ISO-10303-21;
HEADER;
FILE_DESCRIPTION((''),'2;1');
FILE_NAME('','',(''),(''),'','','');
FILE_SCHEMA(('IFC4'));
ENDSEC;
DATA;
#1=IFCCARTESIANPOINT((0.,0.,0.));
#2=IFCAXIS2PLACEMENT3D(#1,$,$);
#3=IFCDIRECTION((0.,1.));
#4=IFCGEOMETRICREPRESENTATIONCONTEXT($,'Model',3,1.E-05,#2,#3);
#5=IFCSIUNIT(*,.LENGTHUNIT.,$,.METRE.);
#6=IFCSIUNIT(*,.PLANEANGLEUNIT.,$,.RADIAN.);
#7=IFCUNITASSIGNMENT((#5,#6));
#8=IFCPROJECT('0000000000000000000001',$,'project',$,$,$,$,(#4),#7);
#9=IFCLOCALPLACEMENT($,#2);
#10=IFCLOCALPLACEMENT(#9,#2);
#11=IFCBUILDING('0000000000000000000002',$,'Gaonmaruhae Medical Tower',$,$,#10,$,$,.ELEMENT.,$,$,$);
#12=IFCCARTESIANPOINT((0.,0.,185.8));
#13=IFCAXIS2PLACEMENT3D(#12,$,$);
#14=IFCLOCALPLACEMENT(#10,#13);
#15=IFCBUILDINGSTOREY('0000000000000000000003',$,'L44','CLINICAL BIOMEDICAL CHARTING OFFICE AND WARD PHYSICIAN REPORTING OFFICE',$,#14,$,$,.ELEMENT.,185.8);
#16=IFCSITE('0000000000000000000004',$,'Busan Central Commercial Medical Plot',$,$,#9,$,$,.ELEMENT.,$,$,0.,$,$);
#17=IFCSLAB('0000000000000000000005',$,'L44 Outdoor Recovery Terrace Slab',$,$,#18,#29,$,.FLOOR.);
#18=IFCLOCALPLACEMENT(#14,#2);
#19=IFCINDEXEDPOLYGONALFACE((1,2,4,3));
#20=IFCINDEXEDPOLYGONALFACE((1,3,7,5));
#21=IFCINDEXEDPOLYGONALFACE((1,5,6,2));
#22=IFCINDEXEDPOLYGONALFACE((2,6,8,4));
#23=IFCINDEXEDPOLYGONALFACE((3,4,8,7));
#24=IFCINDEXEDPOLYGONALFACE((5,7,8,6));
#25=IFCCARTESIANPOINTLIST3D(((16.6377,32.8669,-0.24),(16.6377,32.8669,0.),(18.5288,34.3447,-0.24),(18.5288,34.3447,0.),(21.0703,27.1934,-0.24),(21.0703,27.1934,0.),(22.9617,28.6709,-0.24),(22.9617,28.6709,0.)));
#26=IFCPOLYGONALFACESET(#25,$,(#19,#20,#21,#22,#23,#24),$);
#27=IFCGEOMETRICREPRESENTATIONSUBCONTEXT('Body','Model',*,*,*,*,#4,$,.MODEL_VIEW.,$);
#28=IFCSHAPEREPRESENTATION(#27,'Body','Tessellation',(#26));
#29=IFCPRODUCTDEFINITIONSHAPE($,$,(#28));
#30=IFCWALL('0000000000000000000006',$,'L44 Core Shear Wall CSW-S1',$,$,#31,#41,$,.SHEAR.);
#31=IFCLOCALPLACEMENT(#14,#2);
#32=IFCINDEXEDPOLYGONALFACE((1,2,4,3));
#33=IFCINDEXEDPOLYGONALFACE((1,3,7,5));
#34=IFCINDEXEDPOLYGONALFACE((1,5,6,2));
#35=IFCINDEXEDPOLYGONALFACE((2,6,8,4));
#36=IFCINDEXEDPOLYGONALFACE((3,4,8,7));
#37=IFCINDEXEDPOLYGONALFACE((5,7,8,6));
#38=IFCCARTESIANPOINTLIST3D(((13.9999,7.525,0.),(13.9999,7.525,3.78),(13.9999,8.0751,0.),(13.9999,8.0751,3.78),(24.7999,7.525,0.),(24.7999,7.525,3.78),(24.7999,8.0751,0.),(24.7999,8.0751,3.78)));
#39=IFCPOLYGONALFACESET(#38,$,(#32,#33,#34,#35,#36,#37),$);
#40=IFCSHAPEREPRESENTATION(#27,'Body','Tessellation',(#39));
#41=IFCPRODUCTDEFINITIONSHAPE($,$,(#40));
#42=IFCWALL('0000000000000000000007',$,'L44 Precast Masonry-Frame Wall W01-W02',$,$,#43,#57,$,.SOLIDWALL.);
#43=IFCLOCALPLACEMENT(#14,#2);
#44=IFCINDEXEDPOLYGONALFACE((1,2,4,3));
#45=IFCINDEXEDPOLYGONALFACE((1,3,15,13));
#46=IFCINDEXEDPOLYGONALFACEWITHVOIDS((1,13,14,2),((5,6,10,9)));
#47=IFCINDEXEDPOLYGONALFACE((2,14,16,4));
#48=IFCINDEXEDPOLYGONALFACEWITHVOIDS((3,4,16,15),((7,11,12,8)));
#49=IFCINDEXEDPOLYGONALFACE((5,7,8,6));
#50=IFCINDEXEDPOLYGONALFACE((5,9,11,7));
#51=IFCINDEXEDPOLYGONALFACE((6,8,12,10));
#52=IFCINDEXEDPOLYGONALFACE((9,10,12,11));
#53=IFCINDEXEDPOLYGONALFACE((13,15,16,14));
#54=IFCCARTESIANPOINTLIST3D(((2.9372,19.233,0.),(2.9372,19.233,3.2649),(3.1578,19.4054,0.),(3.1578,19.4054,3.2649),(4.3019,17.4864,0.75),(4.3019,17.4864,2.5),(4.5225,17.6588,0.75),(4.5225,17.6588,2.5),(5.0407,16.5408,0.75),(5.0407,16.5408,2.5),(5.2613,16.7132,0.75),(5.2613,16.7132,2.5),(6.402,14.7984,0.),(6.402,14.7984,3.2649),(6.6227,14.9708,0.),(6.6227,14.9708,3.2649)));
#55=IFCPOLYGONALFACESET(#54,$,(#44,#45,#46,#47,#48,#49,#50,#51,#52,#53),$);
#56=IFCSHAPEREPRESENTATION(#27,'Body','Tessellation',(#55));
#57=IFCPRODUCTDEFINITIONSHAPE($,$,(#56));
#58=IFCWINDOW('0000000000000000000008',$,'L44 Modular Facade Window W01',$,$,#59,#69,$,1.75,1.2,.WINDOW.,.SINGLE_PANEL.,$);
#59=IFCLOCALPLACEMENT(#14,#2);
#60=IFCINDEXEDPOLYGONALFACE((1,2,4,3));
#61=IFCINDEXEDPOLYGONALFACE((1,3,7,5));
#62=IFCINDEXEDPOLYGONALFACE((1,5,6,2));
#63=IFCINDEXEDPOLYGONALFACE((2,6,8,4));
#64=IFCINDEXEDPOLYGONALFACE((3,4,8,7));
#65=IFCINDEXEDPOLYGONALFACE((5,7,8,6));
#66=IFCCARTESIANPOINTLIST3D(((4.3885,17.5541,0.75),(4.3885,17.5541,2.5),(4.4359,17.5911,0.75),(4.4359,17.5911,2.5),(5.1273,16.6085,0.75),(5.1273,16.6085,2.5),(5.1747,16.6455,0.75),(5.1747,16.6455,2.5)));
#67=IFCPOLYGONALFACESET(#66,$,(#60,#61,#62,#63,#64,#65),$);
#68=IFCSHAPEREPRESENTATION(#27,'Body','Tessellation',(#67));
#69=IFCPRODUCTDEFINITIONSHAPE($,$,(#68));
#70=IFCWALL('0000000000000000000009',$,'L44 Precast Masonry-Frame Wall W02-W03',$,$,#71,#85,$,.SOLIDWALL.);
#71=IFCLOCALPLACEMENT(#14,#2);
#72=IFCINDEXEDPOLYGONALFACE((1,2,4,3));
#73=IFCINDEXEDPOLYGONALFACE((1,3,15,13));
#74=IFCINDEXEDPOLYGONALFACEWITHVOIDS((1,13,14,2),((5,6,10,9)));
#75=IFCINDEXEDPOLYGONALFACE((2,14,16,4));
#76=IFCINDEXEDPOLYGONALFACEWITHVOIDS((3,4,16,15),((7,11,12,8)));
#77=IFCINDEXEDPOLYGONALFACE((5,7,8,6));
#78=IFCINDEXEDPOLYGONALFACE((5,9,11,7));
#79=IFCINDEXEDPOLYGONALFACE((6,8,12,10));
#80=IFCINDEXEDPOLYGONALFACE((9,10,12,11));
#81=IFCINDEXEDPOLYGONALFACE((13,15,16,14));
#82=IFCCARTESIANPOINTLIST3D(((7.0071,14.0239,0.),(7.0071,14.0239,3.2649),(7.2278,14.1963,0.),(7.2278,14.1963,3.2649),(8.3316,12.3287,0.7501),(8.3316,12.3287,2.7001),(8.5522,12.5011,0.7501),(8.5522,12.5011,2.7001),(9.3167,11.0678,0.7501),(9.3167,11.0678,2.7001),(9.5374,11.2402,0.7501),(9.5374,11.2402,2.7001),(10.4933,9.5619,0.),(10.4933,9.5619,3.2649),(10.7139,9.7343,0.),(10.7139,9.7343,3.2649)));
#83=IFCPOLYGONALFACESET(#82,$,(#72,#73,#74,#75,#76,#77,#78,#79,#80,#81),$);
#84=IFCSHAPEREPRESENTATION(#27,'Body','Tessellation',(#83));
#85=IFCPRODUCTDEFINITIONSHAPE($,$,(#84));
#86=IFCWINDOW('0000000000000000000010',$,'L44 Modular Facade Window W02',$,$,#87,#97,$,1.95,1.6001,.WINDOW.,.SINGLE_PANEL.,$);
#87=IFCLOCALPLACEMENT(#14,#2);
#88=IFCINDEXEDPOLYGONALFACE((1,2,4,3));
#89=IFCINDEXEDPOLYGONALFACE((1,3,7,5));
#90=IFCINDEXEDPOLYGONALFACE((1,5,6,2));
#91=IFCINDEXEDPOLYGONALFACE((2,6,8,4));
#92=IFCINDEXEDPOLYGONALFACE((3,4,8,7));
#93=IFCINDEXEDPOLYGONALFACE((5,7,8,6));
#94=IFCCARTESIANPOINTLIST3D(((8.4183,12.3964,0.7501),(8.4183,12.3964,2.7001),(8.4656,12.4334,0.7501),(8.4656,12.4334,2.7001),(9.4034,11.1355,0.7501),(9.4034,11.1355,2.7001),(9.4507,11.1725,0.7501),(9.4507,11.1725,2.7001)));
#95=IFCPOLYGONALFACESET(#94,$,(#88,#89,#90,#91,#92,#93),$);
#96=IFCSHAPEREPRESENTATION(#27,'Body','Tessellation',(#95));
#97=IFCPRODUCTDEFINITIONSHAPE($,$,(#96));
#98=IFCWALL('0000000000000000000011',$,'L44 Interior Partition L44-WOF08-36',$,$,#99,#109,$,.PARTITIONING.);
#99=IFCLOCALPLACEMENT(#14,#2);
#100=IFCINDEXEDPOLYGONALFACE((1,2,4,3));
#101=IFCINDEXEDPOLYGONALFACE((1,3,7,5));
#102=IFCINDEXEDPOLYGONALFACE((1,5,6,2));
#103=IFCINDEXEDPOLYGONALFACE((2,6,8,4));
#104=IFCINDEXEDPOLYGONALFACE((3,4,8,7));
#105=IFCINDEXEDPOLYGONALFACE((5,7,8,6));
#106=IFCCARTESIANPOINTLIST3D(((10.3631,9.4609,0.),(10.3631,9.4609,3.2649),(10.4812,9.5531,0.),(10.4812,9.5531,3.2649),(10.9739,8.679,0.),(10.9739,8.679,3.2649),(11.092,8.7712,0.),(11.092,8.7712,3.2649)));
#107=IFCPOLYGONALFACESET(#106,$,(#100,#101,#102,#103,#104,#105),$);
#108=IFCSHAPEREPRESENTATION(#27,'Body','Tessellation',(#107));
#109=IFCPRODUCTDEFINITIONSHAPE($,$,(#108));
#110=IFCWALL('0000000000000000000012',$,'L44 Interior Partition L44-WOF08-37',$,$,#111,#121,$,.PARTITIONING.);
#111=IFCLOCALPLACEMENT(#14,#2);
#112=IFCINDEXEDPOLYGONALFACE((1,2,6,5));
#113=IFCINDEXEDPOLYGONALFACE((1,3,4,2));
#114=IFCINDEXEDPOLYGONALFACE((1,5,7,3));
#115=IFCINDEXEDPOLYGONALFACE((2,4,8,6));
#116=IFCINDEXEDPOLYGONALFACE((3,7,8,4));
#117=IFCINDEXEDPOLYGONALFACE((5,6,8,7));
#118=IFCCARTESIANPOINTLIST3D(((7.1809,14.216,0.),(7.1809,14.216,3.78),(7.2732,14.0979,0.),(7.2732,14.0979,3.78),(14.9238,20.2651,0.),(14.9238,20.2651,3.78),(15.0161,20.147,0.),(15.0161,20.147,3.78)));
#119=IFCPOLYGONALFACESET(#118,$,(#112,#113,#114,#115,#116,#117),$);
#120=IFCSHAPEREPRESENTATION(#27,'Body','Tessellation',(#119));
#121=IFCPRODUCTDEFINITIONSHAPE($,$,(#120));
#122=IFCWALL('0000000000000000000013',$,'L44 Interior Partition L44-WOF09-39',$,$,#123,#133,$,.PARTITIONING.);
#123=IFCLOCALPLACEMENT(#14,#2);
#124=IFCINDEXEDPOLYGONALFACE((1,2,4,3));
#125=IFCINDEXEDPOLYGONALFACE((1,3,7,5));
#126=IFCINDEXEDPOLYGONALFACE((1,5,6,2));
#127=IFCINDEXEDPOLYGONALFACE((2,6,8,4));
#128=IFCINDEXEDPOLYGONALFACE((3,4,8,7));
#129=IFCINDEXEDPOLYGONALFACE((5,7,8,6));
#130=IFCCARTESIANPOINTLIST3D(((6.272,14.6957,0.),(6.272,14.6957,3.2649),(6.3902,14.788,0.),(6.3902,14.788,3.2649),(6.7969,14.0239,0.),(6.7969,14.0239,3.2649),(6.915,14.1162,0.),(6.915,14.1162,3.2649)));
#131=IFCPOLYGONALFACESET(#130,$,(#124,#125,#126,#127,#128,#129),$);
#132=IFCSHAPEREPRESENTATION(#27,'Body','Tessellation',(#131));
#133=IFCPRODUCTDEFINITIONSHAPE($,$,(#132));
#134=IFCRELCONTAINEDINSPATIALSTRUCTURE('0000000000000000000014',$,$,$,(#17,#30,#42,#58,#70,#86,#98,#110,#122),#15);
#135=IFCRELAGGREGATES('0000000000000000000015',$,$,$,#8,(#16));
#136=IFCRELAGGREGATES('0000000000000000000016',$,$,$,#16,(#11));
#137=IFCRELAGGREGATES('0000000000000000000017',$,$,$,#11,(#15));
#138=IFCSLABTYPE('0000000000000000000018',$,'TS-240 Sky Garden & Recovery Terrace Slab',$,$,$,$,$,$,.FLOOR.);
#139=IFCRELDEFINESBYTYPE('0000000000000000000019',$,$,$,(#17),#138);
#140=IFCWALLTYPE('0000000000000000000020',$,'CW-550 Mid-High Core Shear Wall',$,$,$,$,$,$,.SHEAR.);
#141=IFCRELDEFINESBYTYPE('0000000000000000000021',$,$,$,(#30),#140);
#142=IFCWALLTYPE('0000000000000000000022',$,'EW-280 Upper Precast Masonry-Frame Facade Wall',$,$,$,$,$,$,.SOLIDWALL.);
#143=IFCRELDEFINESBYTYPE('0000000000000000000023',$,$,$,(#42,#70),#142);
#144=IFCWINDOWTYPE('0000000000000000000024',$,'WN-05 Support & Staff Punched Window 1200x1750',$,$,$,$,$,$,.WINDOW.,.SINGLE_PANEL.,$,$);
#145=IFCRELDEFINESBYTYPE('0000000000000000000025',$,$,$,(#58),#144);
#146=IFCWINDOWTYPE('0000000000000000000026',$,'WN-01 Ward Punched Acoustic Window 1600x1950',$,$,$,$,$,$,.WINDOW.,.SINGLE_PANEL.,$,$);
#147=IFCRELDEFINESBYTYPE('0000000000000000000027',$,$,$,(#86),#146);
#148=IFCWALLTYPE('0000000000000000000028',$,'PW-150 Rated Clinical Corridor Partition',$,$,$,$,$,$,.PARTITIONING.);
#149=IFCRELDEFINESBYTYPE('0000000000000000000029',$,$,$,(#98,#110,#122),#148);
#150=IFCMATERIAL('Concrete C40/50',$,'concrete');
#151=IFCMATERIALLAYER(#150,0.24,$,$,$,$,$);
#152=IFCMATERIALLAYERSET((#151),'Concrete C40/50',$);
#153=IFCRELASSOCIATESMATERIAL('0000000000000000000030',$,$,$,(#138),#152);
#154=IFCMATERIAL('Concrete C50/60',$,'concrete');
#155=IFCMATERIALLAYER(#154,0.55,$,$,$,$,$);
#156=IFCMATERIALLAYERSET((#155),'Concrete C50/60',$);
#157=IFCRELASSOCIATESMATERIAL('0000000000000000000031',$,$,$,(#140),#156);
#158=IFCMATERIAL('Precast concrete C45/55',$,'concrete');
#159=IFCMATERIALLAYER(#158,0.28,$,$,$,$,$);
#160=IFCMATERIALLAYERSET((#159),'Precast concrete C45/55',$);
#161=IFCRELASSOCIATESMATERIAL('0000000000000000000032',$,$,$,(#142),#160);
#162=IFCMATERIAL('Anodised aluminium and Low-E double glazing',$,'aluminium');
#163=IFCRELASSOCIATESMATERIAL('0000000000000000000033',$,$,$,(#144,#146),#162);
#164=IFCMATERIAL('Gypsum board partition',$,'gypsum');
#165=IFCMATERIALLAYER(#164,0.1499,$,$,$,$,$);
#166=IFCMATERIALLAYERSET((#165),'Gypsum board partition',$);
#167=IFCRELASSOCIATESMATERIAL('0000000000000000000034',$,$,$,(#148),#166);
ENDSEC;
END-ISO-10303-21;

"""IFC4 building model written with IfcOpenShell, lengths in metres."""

from ifc_helpers import new_model, si_unit, direction, frame, frame_2d, origin, place, context, subcontext, project, spatial, polyline, rectangle, outline, extrude, material, layer, layer_set, type_object, element, fill, save


model = new_model("IFC4")

# Units and contexts
model_context = context("Model", 3, precision=1e-05, world=origin(), true_north=direction((0.0, 1.0)))
body_context = subcontext(model_context, "Body", "Model", "MODEL_VIEW")
ifc_project = project(units=[si_unit("LENGTHUNIT", "METRE"), si_unit("PLANEANGLEUNIT", "RADIAN")], contexts=[model_context])

# Site, building, storey
site_placement = place(None, origin())
site = spatial("IfcSite", under=ifc_project, at=site_placement, Name="Busan Central Commercial Medical Plot", CompositionType="ELEMENT", RefElevation=0.0)
building_placement = place(site_placement, origin())
building = spatial("IfcBuilding", under=site, at=building_placement, Name="Gaonmaruhae Medical Tower", CompositionType="ELEMENT")
storey_placement = place(building_placement, frame((0.0, 0.0, 185.8)))
storey = spatial("IfcBuildingStorey", under=building, at=storey_placement, Name="L44", Description="CLINICAL BIOMEDICAL CHARTING OFFICE AND WARD PHYSICIAN REPORTING OFFICE", CompositionType="ELEMENT", Elevation=185.8)

# Shared definitions
ifc_material_1 = material(Name="Concrete C50/60", Category="concrete")

# Shared definitions
ifc_material_2 = material(Name="Concrete C40/50", Category="concrete")

# Slab
ifc_layer_1 = layer(ifc_material_2, 0.24)
ifc_layer_set_1 = layer_set([ifc_layer_1], Name="Concrete C40/50")
slab_type_1 = type_object("IfcSlabType", Name="TS-240 Sky Garden & Recovery Terrace Slab", PredefinedType="FLOOR", material=ifc_layer_set_1)
slab_1_placement = place(storey_placement, frame((0.0, 0.0, -0.24)))
element("IfcSlab", 1, at=slab_1_placement, inside=storey, type_object=slab_type_1, Name="L44 Outdoor Recovery Terrace Slab", PredefinedType="FLOOR", context=body_context, shape_type="SweptSolid", body=[
    extrude(outline(polyline([(21.0703, 27.1934), (22.9617, 28.6709), (18.5288, 34.3447), (16.6377, 32.8669), (21.0703, 27.1934)])), origin(), (0.0, 0.0, 1.0), 0.24),
])

# Wall
ifc_layer_2 = layer(ifc_material_1, 0.55)
ifc_layer_set_2 = layer_set([ifc_layer_2], Name="Concrete C50/60")
wall_type_1 = type_object("IfcWallType", Name="CW-550 Mid-High Core Shear Wall", PredefinedType="SHEAR", material=ifc_layer_set_2)
wall_1_placement = place(storey_placement, frame((14.0, 7.8, 0.0), z_axis=(0.0, 0.0, 1.0), x_axis=(1.0, 0.0, 0.0)))
element("IfcWall", 2, at=wall_1_placement, inside=storey, type_object=wall_type_1, Name="L44 Core Shear Wall CSW-S1", PredefinedType="SHEAR", context=body_context, shape_type="SweptSolid", body=[
    extrude(rectangle(XDim=10.8, YDim=0.55, at=frame_2d((5.3999, 0.0))), origin(), (0.0, 0.0, 1.0), 3.78),
])

# Walls, openings, windows
ifc_material_3 = material(Name="Precast concrete C45/55", Category="concrete")
ifc_layer_3 = layer(ifc_material_3, 0.28)
ifc_layer_set_3 = layer_set([ifc_layer_3], Name="Precast concrete C45/55")
wall_type_2 = type_object("IfcWallType", Name="EW-280 Upper Precast Masonry-Frame Facade Wall", PredefinedType="SOLIDWALL", material=ifc_layer_set_3)
wall_2_placement = place(storey_placement, frame((6.5125, 14.8845, 0.0), z_axis=(0.0, 0.0, 1.0), x_axis=(-0.615681, 0.787995, 0.0)))
wall_2 = element("IfcWall", 3, at=wall_2_placement, inside=storey, type_object=wall_type_2, Name="L44 Precast Masonry-Frame Wall W01-W02", PredefinedType="SOLIDWALL", context=body_context, shape_type="SweptSolid", body=[
    extrude(rectangle(XDim=5.6277, YDim=0.28, at=frame_2d((2.814, 0.0))), origin(), (0.0, 0.0, 1.0), 3.2649),
])
opening_1_placement = place(wall_2_placement, frame((2.2112, 0.0, 0.75)))
opening_1 = element("IfcOpeningElement", 4, at=opening_1_placement, cuts=wall_2, PredefinedType="OPENING", context=body_context, shape_type="SweptSolid", body=[
    extrude(rectangle(XDim=1.2, YDim=1.75, at=frame_2d((0.6001, 0.875))), frame((0.0, 0.1499, 0.0), z_axis=(0.0, -1.0, 0.0), x_axis=(1.0, 0.0, 0.0)), (0.0, 0.0, 1.0), 0.3),
])
ifc_material_4 = material(Name="Anodised aluminium and Low-E double glazing", Category="aluminium")
window_type_1 = type_object("IfcWindowType", Name="WN-05 Support & Staff Punched Window 1200x1750", PartitioningType="SINGLE_PANEL", PredefinedType="WINDOW", material=ifc_material_4)
window_1_placement = place(opening_1_placement, origin())
window_1 = element("IfcWindow", 5, at=window_1_placement, inside=storey, type_object=window_type_1, Name="L44 Modular Facade Window W01", OverallHeight=1.75, OverallWidth=1.2, PartitioningType="SINGLE_PANEL", PredefinedType="WINDOW", context=body_context, shape_type="SweptSolid", body=[
    extrude(rectangle(XDim=1.2, YDim=1.75, at=frame_2d((0.6001, 0.875))), frame((0.0, 0.03, 0.0), z_axis=(0.0, -1.0, 0.0), x_axis=(1.0, 0.0, 0.0)), (0.0, 0.0, 1.0), 0.0601),
])
fill(opening_1, window_1)
wall_3_placement = place(storey_placement, frame((10.6035, 9.6482, 0.0), z_axis=(0.0, 0.0, 1.0), x_axis=(-0.615667, 0.788006, 0.0)))
wall_3 = element("IfcWall", 6, at=wall_3_placement, inside=storey, type_object=wall_type_2, Name="L44 Precast Masonry-Frame Wall W02-W03", PredefinedType="SOLIDWALL", context=body_context, shape_type="SweptSolid", body=[
    extrude(rectangle(XDim=5.6624, YDim=0.28, at=frame_2d((2.8311, 0.0))), origin(), (0.0, 0.0, 1.0), 3.2649),
])
opening_2_placement = place(wall_3_placement, frame((1.9109, 0.0, 0.75)))
opening_2 = element("IfcOpeningElement", 7, at=opening_2_placement, cuts=wall_3, PredefinedType="OPENING", context=body_context, shape_type="SweptSolid", body=[
    extrude(rectangle(XDim=1.6001, YDim=1.95, at=frame_2d((0.8, 0.9751))), frame((0.0, 0.1499, 0.0), z_axis=(0.0, -1.0, 0.0), x_axis=(1.0, 0.0, 0.0)), (0.0, 0.0, 1.0), 0.3),
])
window_type_2 = type_object("IfcWindowType", Name="WN-01 Ward Punched Acoustic Window 1600x1950", PartitioningType="SINGLE_PANEL", PredefinedType="WINDOW", material=ifc_material_4)
window_2_placement = place(opening_2_placement, origin())
window_2 = element("IfcWindow", 8, at=window_2_placement, inside=storey, type_object=window_type_2, Name="L44 Modular Facade Window W02", OverallHeight=1.95, OverallWidth=1.6001, PartitioningType="SINGLE_PANEL", PredefinedType="WINDOW", context=body_context, shape_type="SweptSolid", body=[
    extrude(rectangle(XDim=1.6001, YDim=1.95, at=frame_2d((0.8, 0.9751))), frame((0.0, 0.03, 0.0), z_axis=(0.0, -1.0, 0.0), x_axis=(1.0, 0.0, 0.0)), (0.0, 0.0, 1.0), 0.0601),
])
fill(opening_2, window_2)

# Walls
ifc_material_5 = material(Name="Gypsum board partition", Category="gypsum")
ifc_layer_4 = layer(ifc_material_5, 0.1499)
ifc_layer_set_4 = layer_set([ifc_layer_4], Name="Gypsum board partition")
wall_type_3 = type_object("IfcWallType", Name="PW-150 Rated Clinical Corridor Partition", PredefinedType="PARTITIONING", material=ifc_layer_set_4)
wall_4_placement = place(storey_placement, frame((11.033, 8.7251, 0.0), z_axis=(0.0, 0.0, 1.0), x_axis=(-0.615592, 0.788065, 0.0)))
element("IfcWall", 9, at=wall_4_placement, inside=storey, type_object=wall_type_3, Name="L44 Interior Partition L44-WOF08-36", PredefinedType="PARTITIONING", context=body_context, shape_type="SweptSolid", body=[
    extrude(rectangle(XDim=0.9922, YDim=0.1499, at=frame_2d((0.4961, 0.0))), origin(), (0.0, 0.0, 1.0), 3.2649),
])
wall_5_placement = place(storey_placement, frame((7.2271, 14.157, 0.0), z_axis=(0.0, 0.0, 1.0), x_axis=(0.788029, 0.615639, 0.0)))
element("IfcWall", 10, at=wall_5_placement, inside=storey, type_object=wall_type_3, Name="L44 Interior Partition L44-WOF08-37", PredefinedType="PARTITIONING", context=body_context, shape_type="SweptSolid", body=[
    extrude(rectangle(XDim=9.8257, YDim=0.1499, at=frame_2d((4.9128, 0.0))), origin(), (0.0, 0.0, 1.0), 3.78),
])
wall_6_placement = place(storey_placement, frame((6.856, 14.0701, 0.0), z_axis=(0.0, 0.0, 1.0), x_axis=(-0.615644, 0.788024, 0.0)))
element("IfcWall", 11, at=wall_6_placement, inside=storey, type_object=wall_type_3, Name="L44 Interior Partition L44-WOF09-39", PredefinedType="PARTITIONING", context=body_context, shape_type="SweptSolid", body=[
    extrude(rectangle(XDim=0.8525, YDim=0.1499, at=frame_2d((0.4263, 0.0))), origin(), (0.0, 0.0, 1.0), 3.2649),
])

save(model, "model.ifc")
